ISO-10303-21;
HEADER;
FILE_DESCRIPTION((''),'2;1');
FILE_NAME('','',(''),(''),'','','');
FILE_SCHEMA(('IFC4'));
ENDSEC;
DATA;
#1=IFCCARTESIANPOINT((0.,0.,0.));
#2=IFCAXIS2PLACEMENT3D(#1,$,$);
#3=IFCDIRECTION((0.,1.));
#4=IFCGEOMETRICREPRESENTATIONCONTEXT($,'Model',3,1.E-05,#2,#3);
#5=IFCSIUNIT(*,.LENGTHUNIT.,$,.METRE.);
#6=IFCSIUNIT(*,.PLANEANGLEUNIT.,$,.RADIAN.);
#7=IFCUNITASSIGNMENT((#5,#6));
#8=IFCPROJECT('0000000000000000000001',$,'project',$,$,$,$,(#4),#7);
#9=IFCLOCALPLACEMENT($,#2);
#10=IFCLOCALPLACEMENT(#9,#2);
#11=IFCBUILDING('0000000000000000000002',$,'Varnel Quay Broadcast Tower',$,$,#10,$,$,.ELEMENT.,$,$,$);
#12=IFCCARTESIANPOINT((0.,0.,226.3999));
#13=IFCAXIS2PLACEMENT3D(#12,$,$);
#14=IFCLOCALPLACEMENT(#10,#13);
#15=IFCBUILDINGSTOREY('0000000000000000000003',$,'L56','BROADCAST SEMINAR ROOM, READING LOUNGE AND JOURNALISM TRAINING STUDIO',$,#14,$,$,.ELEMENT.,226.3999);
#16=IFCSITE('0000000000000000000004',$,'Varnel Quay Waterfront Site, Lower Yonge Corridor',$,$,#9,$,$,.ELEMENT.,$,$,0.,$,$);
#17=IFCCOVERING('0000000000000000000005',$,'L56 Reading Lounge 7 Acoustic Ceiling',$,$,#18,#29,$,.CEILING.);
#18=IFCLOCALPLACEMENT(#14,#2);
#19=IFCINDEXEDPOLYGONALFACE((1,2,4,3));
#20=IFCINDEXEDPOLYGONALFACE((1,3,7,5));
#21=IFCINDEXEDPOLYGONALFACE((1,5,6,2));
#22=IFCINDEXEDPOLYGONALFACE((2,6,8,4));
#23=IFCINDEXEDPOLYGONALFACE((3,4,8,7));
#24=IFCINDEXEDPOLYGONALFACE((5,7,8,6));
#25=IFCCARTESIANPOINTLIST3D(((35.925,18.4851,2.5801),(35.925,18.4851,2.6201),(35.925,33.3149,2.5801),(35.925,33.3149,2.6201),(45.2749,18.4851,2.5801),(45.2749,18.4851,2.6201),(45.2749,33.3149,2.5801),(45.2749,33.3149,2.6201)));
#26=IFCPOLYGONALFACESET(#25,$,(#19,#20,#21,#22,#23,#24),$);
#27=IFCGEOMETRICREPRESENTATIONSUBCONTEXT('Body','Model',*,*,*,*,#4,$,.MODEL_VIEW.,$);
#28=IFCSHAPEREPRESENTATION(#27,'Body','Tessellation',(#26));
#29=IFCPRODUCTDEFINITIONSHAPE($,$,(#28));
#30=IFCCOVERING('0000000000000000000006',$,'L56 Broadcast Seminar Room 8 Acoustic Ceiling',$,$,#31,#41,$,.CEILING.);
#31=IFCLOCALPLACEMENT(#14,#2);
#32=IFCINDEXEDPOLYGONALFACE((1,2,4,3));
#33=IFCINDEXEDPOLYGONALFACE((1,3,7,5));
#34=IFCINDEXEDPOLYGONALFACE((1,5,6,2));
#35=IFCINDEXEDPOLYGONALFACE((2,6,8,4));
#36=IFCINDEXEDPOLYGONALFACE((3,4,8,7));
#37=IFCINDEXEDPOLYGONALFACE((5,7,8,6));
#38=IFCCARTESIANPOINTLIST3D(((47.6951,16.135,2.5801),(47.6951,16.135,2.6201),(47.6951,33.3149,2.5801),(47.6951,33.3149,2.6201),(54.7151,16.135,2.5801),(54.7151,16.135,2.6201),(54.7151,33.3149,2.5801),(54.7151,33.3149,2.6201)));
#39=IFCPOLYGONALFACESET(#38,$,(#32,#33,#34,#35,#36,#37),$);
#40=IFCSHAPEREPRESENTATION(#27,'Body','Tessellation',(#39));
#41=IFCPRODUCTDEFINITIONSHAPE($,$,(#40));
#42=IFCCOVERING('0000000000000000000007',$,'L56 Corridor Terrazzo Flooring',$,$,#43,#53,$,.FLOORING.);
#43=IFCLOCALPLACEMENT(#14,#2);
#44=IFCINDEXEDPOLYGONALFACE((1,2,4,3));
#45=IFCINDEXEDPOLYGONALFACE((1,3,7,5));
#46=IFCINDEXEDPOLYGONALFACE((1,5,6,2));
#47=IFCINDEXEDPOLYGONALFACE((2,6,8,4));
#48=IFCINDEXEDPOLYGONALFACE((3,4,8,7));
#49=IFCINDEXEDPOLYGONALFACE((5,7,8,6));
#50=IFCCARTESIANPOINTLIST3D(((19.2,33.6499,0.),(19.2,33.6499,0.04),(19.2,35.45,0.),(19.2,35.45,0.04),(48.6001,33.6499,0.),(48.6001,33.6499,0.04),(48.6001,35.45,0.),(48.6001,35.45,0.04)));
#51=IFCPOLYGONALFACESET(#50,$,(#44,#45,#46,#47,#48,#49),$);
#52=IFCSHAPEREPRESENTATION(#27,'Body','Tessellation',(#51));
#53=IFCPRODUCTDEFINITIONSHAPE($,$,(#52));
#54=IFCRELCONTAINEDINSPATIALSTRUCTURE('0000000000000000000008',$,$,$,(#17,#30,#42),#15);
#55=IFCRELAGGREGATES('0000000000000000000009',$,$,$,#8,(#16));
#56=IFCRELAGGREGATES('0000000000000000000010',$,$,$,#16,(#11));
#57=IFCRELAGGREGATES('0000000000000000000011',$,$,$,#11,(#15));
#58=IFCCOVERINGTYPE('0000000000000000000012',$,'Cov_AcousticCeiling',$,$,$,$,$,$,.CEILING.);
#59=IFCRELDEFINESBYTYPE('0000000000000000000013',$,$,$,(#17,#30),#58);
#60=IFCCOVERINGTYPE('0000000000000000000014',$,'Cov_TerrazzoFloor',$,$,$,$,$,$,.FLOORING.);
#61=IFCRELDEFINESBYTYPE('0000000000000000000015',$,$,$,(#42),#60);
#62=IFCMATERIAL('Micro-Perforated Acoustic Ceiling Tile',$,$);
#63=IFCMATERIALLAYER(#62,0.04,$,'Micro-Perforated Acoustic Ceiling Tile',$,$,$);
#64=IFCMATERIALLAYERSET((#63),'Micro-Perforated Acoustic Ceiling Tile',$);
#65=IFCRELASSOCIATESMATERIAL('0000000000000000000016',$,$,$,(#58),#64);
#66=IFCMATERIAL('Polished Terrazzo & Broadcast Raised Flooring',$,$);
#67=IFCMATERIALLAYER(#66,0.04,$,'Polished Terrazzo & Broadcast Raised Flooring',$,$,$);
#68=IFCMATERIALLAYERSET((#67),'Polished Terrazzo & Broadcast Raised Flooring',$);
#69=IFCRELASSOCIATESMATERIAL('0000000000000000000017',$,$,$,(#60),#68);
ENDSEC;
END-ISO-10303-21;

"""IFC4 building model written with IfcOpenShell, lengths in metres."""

from ifc_helpers import new_model, si_unit, direction, frame, origin, place, context, subcontext, project, spatial, polyline, outline, extrude, material, layer, layer_set, type_object, element, save


model = new_model("IFC4")

# Units and contexts
model_context = context("Model", 3, precision=1e-05, world=origin(), true_north=direction((0.0, 1.0)))
body_context = subcontext(model_context, "Body", "Model", "MODEL_VIEW")
ifc_project = project(units=[si_unit("LENGTHUNIT", "METRE"), si_unit("PLANEANGLEUNIT", "RADIAN")], contexts=[model_context])

# Site, building, storey
site_placement = place(None, origin())
site = spatial("IfcSite", under=ifc_project, at=site_placement, Name="Varnel Quay Waterfront Site, Lower Yonge Corridor", CompositionType="ELEMENT", RefElevation=0.0)
building_placement = place(site_placement, origin())
building = spatial("IfcBuilding", under=site, at=building_placement, Name="Varnel Quay Broadcast Tower", CompositionType="ELEMENT")
storey_placement = place(building_placement, frame((0.0, 0.0, 226.3999)))
storey = spatial("IfcBuildingStorey", under=building, at=storey_placement, Name="L56", Description="BROADCAST SEMINAR ROOM, READING LOUNGE AND JOURNALISM TRAINING STUDIO", CompositionType="ELEMENT", Elevation=226.3999)

# Coverings
ifc_material_1 = material(Name="Micro-Perforated Acoustic Ceiling Tile")
ifc_layer_1 = layer(ifc_material_1, 0.04, Name="Micro-Perforated Acoustic Ceiling Tile")
ifc_layer_set_1 = layer_set([ifc_layer_1], Name="Micro-Perforated Acoustic Ceiling Tile")
covering_type_1 = type_object("IfcCoveringType", Name="Cov_AcousticCeiling", PredefinedType="CEILING", material=ifc_layer_set_1)
covering_1_placement = place(storey_placement, frame((0.0, 0.0, 2.5801)))
element("IfcCovering", 1, at=covering_1_placement, inside=storey, type_object=covering_type_1, Name="L56 Reading Lounge 7 Acoustic Ceiling", PredefinedType="CEILING", context=body_context, shape_type="SweptSolid", body=[
    extrude(outline(polyline([(35.925, 18.4851), (45.2749, 18.4851), (45.2749, 33.3149), (35.925, 33.3149), (35.925, 18.4851)])), origin(), (0.0, 0.0, 1.0), 0.04),
])
covering_2_placement = place(storey_placement, frame((0.0, 0.0, 2.5801)))
element("IfcCovering", 2, at=covering_2_placement, inside=storey, type_object=covering_type_1, Name="L56 Broadcast Seminar Room 8 Acoustic Ceiling", PredefinedType="CEILING", context=body_context, shape_type="SweptSolid", body=[
    extrude(outline(polyline([(47.6951, 16.135), (54.7151, 16.135), (54.7151, 33.3149), (47.6951, 33.3149), (47.6951, 16.135)])), origin(), (0.0, 0.0, 1.0), 0.04),
])
ifc_material_2 = material(Name="Polished Terrazzo & Broadcast Raised Flooring")
ifc_layer_2 = layer(ifc_material_2, 0.04, Name="Polished Terrazzo & Broadcast Raised Flooring")
ifc_layer_set_2 = layer_set([ifc_layer_2], Name="Polished Terrazzo & Broadcast Raised Flooring")
covering_type_2 = type_object("IfcCoveringType", Name="Cov_TerrazzoFloor", PredefinedType="FLOORING", material=ifc_layer_set_2)
covering_3_placement = place(storey_placement, origin())
element("IfcCovering", 3, at=covering_3_placement, inside=storey, type_object=covering_type_2, Name="L56 Corridor Terrazzo Flooring", PredefinedType="FLOORING", context=body_context, shape_type="SweptSolid", body=[
    extrude(outline(polyline([(19.2, 33.6499), (48.6001, 33.6499), (48.6001, 35.45), (19.2, 35.45), (19.2, 33.6499)])), origin(), (0.0, 0.0, 1.0), 0.04),
])

save(model, "model.ifc")
